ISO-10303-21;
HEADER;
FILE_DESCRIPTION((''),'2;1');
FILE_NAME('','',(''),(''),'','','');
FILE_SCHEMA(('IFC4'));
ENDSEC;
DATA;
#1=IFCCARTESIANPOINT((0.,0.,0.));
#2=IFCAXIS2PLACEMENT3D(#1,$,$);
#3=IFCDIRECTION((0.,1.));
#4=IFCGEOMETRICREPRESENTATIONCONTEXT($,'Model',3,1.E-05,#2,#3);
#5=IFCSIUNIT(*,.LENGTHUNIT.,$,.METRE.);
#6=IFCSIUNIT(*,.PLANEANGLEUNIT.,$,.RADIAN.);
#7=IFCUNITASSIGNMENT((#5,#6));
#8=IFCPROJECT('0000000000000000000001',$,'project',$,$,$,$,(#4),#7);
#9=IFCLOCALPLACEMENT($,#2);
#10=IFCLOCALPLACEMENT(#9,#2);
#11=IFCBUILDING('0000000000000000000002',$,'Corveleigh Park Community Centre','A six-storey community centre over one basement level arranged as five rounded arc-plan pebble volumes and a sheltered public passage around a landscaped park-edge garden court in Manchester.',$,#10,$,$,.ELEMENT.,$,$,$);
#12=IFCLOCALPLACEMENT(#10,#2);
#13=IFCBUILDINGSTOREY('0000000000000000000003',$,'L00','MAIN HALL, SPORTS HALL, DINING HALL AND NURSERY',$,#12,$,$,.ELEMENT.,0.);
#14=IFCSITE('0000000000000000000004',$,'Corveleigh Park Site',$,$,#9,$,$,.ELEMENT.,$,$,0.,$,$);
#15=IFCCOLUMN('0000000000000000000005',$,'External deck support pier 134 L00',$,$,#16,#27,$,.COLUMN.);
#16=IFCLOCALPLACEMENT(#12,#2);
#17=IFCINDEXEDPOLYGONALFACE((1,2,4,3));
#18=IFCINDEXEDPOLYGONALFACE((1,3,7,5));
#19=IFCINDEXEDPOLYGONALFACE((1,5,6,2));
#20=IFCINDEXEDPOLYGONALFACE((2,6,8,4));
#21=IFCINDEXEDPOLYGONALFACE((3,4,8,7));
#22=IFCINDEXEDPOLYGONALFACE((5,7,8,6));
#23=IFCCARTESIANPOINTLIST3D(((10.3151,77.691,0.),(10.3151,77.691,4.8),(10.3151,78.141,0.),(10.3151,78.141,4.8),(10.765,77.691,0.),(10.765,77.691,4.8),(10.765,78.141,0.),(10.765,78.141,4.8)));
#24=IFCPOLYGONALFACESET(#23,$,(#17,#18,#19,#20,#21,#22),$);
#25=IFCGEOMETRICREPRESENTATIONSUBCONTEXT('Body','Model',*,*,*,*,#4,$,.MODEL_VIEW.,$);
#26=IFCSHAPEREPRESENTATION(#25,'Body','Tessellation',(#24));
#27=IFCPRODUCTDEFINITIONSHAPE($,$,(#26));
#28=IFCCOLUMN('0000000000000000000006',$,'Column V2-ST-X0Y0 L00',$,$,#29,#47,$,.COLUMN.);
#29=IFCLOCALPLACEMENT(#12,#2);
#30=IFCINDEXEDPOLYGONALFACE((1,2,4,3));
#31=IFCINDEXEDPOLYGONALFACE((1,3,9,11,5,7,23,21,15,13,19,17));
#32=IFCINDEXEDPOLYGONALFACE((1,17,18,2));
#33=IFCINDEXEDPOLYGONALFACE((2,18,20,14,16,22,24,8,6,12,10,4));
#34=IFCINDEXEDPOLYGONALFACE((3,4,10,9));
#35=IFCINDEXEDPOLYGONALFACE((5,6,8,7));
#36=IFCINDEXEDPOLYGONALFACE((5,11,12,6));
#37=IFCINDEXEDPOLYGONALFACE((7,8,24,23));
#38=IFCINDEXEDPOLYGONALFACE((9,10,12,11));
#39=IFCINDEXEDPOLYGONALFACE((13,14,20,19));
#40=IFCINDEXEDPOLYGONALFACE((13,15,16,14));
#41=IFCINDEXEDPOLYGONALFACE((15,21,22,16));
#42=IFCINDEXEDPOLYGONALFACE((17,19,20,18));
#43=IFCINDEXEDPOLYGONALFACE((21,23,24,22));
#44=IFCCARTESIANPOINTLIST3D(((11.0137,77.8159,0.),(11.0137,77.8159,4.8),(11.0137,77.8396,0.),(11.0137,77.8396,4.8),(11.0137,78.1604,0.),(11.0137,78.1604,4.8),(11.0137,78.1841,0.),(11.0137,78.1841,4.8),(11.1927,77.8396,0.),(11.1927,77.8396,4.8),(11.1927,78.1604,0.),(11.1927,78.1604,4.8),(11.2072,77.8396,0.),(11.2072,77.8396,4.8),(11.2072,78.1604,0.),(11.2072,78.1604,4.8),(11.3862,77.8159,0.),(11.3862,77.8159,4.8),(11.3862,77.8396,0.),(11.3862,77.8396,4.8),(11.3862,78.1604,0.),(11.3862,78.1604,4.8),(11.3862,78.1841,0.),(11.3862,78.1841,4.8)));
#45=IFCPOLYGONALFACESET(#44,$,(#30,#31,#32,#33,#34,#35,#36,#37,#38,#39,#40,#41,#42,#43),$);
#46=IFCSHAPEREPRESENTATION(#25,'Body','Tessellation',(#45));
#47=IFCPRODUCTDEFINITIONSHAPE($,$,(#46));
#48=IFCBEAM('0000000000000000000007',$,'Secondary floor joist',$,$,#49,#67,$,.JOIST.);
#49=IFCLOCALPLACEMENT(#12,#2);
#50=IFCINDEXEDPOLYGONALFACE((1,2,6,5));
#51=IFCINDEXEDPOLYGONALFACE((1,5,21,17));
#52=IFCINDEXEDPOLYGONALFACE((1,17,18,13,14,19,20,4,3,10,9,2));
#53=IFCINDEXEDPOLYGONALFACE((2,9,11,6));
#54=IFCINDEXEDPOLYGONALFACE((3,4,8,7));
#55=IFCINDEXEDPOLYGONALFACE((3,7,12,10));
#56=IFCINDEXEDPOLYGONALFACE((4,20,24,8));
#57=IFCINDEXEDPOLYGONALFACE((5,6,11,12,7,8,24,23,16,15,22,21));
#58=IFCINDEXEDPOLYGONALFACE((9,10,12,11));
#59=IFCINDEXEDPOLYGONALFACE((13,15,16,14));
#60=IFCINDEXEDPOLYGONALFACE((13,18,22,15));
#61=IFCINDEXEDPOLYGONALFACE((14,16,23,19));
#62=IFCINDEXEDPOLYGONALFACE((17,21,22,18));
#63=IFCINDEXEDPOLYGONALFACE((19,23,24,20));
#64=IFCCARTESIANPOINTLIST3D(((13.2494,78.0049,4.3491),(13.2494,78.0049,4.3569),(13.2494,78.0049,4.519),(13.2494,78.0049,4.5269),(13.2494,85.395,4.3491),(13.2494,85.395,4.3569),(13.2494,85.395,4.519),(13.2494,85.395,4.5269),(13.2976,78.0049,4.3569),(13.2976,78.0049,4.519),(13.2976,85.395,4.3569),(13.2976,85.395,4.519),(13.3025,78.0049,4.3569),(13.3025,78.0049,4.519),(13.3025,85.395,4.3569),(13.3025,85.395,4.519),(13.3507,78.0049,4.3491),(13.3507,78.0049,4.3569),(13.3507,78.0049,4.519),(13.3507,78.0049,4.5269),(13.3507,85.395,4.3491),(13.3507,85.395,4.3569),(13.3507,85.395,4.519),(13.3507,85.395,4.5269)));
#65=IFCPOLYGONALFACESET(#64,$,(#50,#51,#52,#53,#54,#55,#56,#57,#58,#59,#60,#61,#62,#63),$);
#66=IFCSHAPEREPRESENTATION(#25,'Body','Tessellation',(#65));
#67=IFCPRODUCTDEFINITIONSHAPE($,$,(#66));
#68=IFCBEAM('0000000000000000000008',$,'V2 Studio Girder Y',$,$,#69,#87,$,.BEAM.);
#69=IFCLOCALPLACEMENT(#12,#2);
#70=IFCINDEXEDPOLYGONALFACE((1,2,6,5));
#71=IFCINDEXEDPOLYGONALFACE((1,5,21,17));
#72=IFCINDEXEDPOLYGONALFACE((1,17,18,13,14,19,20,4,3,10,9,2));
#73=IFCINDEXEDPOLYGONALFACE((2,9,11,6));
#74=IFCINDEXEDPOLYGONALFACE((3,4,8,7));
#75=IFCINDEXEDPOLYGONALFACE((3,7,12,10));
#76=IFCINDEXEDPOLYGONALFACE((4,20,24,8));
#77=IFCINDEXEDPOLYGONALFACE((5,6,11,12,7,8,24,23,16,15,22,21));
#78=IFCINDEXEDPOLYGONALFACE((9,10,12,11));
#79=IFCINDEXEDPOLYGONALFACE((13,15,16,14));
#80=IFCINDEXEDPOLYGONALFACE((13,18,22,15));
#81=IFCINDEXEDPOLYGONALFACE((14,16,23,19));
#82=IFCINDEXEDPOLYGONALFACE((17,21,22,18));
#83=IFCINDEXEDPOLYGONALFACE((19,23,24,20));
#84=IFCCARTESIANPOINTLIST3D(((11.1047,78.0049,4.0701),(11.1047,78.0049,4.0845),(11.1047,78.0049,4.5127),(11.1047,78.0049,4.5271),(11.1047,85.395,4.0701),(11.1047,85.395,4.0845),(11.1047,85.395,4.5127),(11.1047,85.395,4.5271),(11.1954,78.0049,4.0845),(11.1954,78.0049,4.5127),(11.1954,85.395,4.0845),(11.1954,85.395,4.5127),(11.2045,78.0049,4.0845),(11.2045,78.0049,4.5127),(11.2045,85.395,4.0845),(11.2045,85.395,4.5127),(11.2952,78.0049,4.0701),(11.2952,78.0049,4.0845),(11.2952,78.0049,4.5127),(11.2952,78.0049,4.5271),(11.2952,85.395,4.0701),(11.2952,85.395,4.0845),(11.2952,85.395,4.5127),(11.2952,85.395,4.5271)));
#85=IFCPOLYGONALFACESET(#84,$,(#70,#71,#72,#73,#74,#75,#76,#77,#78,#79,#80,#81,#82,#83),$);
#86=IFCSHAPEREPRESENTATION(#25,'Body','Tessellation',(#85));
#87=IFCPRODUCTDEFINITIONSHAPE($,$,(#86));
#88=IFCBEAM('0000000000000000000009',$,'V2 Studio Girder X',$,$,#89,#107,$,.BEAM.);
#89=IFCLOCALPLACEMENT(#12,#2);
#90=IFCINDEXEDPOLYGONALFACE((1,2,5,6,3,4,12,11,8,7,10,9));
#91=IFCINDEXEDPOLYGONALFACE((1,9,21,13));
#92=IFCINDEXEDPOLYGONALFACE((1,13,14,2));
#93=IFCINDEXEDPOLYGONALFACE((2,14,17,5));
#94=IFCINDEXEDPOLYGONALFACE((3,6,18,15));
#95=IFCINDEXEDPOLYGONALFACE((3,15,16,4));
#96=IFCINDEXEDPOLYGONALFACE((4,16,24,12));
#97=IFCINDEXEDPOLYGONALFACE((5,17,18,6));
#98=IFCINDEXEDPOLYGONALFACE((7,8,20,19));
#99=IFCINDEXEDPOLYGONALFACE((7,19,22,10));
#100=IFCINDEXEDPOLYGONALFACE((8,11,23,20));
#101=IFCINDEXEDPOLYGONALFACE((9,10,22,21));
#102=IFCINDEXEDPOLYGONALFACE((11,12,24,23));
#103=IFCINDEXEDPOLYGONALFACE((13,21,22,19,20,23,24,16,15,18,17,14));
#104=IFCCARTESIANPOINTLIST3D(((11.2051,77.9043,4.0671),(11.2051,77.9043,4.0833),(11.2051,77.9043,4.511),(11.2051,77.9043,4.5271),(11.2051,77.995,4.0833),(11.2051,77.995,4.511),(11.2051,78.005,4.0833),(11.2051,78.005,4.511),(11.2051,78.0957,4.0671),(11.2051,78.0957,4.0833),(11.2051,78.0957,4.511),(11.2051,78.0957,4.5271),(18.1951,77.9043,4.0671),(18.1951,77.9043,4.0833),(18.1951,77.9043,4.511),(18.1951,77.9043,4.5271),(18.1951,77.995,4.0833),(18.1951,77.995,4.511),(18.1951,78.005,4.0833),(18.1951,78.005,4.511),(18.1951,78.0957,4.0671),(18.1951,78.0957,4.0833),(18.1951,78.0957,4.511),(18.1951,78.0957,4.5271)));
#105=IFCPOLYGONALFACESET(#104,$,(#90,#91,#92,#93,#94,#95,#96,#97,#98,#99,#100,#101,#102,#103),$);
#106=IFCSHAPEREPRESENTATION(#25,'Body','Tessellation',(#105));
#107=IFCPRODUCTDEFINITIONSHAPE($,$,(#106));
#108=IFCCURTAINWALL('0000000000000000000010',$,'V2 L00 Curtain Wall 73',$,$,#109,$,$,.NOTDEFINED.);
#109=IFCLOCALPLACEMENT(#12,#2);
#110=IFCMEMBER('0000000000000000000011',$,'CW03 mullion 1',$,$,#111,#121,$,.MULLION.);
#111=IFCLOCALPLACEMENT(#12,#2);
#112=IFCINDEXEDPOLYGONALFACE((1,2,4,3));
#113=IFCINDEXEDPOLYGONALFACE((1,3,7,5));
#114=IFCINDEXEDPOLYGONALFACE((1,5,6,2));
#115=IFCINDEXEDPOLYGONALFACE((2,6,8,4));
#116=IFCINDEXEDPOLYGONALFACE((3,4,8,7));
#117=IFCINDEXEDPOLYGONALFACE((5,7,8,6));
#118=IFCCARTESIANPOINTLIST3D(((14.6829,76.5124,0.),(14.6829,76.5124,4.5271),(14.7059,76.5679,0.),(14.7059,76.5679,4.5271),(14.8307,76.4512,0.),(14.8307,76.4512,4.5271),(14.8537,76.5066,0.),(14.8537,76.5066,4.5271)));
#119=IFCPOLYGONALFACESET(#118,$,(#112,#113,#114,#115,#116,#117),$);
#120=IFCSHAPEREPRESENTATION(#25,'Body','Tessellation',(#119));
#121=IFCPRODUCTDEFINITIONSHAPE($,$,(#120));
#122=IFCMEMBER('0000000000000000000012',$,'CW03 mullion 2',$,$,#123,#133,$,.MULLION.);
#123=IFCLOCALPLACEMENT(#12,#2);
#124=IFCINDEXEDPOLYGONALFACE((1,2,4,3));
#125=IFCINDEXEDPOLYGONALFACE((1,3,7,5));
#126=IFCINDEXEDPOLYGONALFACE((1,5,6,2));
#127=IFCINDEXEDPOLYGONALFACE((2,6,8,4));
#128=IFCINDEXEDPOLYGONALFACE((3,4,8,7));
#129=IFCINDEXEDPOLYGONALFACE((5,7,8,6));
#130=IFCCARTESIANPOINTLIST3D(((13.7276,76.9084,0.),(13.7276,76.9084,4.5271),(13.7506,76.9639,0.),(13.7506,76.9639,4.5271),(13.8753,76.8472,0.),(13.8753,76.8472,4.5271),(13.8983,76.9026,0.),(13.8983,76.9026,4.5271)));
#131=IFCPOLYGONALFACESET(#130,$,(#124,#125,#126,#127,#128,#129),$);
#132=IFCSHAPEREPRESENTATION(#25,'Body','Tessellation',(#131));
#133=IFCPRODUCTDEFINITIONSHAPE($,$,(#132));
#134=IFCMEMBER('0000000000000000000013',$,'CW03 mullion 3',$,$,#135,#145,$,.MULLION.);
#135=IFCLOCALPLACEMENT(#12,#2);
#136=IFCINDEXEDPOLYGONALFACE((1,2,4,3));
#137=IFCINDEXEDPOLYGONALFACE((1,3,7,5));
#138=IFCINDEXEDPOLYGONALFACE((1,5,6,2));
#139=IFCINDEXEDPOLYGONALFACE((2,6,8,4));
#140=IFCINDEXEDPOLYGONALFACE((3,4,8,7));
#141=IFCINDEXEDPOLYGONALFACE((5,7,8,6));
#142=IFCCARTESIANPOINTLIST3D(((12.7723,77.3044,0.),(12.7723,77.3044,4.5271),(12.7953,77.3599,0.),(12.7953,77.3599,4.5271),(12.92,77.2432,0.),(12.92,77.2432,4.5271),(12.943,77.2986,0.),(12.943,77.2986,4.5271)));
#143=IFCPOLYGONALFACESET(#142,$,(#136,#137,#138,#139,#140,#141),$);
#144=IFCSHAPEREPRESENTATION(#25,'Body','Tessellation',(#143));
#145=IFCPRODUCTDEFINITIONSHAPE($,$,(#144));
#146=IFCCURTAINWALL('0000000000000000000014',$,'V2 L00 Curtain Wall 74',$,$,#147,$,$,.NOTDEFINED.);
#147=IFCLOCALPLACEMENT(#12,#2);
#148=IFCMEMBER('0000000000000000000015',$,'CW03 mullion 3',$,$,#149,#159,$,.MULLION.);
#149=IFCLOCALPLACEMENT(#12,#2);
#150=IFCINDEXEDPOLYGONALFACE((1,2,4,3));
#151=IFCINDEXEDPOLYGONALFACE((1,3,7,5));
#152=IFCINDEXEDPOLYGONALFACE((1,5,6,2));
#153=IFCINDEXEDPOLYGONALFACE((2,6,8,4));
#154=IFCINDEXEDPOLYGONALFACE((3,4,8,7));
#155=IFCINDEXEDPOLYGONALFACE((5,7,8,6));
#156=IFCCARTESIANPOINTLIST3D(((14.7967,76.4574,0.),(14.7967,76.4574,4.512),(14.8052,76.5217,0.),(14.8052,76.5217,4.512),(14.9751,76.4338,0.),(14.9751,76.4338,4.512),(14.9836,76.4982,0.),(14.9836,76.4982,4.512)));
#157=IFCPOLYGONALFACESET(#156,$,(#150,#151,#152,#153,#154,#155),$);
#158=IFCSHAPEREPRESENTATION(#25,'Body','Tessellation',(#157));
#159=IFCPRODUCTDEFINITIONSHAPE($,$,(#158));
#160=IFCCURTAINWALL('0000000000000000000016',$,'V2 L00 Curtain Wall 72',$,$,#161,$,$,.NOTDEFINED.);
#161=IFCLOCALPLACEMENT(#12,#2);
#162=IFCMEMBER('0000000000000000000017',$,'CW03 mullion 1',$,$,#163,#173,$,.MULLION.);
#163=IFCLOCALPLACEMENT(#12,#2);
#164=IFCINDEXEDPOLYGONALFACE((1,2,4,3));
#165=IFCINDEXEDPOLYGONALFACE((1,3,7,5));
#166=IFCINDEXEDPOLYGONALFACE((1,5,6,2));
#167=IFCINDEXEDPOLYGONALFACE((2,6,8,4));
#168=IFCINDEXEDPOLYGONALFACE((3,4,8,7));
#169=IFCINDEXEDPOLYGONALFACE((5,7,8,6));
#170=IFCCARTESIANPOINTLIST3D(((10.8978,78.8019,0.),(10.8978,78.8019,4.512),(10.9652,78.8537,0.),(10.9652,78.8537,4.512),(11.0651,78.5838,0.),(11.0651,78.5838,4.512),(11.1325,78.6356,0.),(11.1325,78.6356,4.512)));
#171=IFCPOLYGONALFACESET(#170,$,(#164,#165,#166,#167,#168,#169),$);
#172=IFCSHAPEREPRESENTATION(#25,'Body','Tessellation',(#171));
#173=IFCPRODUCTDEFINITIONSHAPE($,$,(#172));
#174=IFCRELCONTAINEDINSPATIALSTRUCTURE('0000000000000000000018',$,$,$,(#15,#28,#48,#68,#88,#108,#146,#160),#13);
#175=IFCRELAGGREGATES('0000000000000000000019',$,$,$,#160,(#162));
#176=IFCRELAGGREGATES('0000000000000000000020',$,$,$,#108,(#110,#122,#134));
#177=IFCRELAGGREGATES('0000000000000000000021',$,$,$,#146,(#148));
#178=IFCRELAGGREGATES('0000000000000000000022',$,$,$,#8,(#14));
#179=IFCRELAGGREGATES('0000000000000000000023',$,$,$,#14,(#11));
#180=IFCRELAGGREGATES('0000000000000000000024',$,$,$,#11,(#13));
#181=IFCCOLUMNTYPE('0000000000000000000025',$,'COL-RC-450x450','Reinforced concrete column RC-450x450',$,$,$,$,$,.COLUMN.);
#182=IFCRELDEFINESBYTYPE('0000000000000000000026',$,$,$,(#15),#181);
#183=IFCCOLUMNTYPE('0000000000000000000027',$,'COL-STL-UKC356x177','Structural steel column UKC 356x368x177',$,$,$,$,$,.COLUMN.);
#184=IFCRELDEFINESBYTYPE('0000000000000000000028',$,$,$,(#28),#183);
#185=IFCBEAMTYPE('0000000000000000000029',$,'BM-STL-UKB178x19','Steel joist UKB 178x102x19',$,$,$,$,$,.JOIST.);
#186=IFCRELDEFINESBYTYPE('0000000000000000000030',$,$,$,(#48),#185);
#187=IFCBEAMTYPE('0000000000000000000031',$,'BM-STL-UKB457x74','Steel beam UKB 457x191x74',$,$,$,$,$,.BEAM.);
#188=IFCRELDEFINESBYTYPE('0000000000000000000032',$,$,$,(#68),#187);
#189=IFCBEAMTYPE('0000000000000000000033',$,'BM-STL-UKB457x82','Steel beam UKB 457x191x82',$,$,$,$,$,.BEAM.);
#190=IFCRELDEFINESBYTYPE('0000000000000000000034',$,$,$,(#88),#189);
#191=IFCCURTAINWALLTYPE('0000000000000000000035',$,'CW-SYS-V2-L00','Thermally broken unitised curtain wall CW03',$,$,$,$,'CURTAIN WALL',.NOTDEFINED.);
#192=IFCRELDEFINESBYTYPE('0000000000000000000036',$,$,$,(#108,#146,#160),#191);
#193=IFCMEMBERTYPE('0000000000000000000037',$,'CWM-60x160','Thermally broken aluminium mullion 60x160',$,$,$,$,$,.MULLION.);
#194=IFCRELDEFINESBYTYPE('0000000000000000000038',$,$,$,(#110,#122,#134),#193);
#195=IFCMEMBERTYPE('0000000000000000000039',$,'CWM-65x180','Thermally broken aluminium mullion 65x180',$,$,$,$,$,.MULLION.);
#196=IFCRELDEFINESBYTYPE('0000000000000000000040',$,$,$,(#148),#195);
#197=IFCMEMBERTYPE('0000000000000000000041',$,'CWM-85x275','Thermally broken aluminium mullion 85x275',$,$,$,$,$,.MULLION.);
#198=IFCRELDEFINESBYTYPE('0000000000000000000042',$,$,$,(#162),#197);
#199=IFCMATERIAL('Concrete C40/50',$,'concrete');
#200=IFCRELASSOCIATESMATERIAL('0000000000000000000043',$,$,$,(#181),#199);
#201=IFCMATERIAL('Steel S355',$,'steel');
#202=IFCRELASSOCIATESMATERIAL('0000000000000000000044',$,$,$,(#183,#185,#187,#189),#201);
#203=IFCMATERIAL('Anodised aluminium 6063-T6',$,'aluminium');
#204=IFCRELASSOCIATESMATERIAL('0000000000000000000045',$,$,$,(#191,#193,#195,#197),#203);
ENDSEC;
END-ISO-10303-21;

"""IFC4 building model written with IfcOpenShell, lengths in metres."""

from ifc_helpers import new_model, si_unit, direction, frame, origin, origin_2d, place, context, subcontext, project, spatial, rectangle, i_section, extrude, material, material_profile, profile_set, type_object, element, aggregate, save


model = new_model("IFC4")

# Units and contexts
model_context = context("Model", 3, precision=1e-05, world=origin(), true_north=direction((0.0, 1.0)))
body_context = subcontext(model_context, "Body", "Model", "MODEL_VIEW")
ifc_project = project(units=[si_unit("LENGTHUNIT", "METRE"), si_unit("PLANEANGLEUNIT", "RADIAN")], contexts=[model_context])

# Site, building, storey
site_placement = place(None, origin())
site = spatial("IfcSite", under=ifc_project, at=site_placement, Name="Corveleigh Park Site", CompositionType="ELEMENT", RefElevation=0.0)
building_placement = place(site_placement, origin())
building = spatial("IfcBuilding", under=site, at=building_placement, Name="Corveleigh Park Community Centre", Description="A six-storey community centre over one basement level arranged as five rounded arc-plan pebble volumes and a sheltered public passage around a landscaped park-edge garden court in Manchester.", CompositionType="ELEMENT")
storey_placement = place(building_placement, origin())
storey = spatial("IfcBuildingStorey", under=building, at=storey_placement, Name="L00", Description="MAIN HALL, SPORTS HALL, DINING HALL AND NURSERY", CompositionType="ELEMENT", Elevation=0.0)

# Columns
ifc_material_1 = material(Name="Concrete C40/50", Category="concrete")
ifc_material_profile_1 = material_profile(ifc_material_1, rectangle(XDim=0.45, YDim=0.45, at=origin_2d()), Name="RC-450x450", Category="concrete")
ifc_profile_set_1 = profile_set([ifc_material_profile_1], Name="Concrete C40/50")
column_type_1 = type_object("IfcColumnType", Name="COL-RC-450x450", Description="Reinforced concrete column RC-450x450", PredefinedType="COLUMN", material=ifc_profile_set_1)
column_1_placement = place(storey_placement, frame((10.54, 77.916, 0.0), z_axis=(0.0, 0.0, 1.0), x_axis=(1.0, 0.0, 0.0)))
element("IfcColumn", 1, at=column_1_placement, inside=storey, type_object=column_type_1, Name="External deck support pier 134 L00", PredefinedType="COLUMN", context=body_context, shape_type="SweptSolid", body=[
    extrude(rectangle(XDim=0.45, YDim=0.45, at=origin_2d()), origin(), (0.0, 0.0, 1.0), 4.8),
])
ifc_material_2 = material(Name="Steel S355", Category="steel")
ifc_material_profile_2 = material_profile(ifc_material_2, i_section(OverallWidth=0.3726, OverallDepth=0.3682, WebThickness=0.0144, FlangeThickness=0.0237, at=origin_2d()), Name="UKC 356x368x177", Category="steel")
ifc_profile_set_2 = profile_set([ifc_material_profile_2], Name="Steel S355")
column_type_2 = type_object("IfcColumnType", Name="COL-STL-UKC356x177", Description="Structural steel column UKC 356x368x177", PredefinedType="COLUMN", material=ifc_profile_set_2)
column_2_placement = place(storey_placement, frame((11.2, 78.0, 0.0), z_axis=(0.0, 0.0, 1.0), x_axis=(1.0, 0.0, 0.0)))
element("IfcColumn", 2, at=column_2_placement, inside=storey, type_object=column_type_2, Name="Column V2-ST-X0Y0 L00", PredefinedType="COLUMN", context=body_context, shape_type="SweptSolid", body=[
    extrude(i_section(OverallWidth=0.3726, OverallDepth=0.3682, WebThickness=0.0144, FlangeThickness=0.0237, at=origin_2d()), origin(), (0.0, 0.0, 1.0), 4.8),
])

# Beams
ifc_material_profile_3 = material_profile(ifc_material_2, i_section(OverallWidth=0.1013, OverallDepth=0.1777, WebThickness=0.0049, FlangeThickness=0.0078, at=origin_2d()), Name="UKB 178x102x19", Category="steel")
ifc_profile_set_3 = profile_set([ifc_material_profile_3], Name="Steel S355")
beam_type_1 = type_object("IfcBeamType", Name="BM-STL-UKB178x19", Description="Steel joist UKB 178x102x19", PredefinedType="JOIST", material=ifc_profile_set_3)
beam_1_placement = place(storey_placement, frame((13.3, 78.0049, 4.438), z_axis=(0.0, 1.0, 0.0), x_axis=(-1.0, 0.0, 0.0)))
element("IfcBeam", 3, at=beam_1_placement, inside=storey, type_object=beam_type_1, Name="Secondary floor joist", PredefinedType="JOIST", context=body_context, shape_type="SweptSolid", body=[
    extrude(i_section(OverallWidth=0.1013, OverallDepth=0.1777, WebThickness=0.0049, FlangeThickness=0.0078, at=origin_2d()), origin(), (0.0, 0.0, 1.0), 7.3901),
])
ifc_material_profile_4 = material_profile(ifc_material_2, i_section(OverallWidth=0.1904, OverallDepth=0.457, WebThickness=0.009, FlangeThickness=0.0144, at=origin_2d()), Name="UKB 457x191x74", Category="steel")
ifc_profile_set_4 = profile_set([ifc_material_profile_4], Name="Steel S355")
beam_type_2 = type_object("IfcBeamType", Name="BM-STL-UKB457x74", Description="Steel beam UKB 457x191x74", PredefinedType="BEAM", material=ifc_profile_set_4)
beam_2_placement = place(storey_placement, frame((11.2, 78.0049, 4.2986), z_axis=(0.0, 1.0, 0.0), x_axis=(-1.0, 0.0, 0.0)))
element("IfcBeam", 4, at=beam_2_placement, inside=storey, type_object=beam_type_2, Name="V2 Studio Girder Y", PredefinedType="BEAM", context=body_context, shape_type="SweptSolid", body=[
    extrude(i_section(OverallWidth=0.1904, OverallDepth=0.457, WebThickness=0.009, FlangeThickness=0.0144, at=origin_2d()), origin(), (0.0, 0.0, 1.0), 7.3901),
])
ifc_material_profile_5 = material_profile(ifc_material_2, i_section(OverallWidth=0.1914, OverallDepth=0.46, WebThickness=0.01, FlangeThickness=0.0161, at=origin_2d()), Name="UKB 457x191x82", Category="steel")
ifc_profile_set_5 = profile_set([ifc_material_profile_5], Name="Steel S355")
beam_type_3 = type_object("IfcBeamType", Name="BM-STL-UKB457x82", Description="Steel beam UKB 457x191x82", PredefinedType="BEAM", material=ifc_profile_set_5)
beam_3_placement = place(storey_placement, frame((11.2051, 78.0, 4.2971), z_axis=(1.0, 0.0, 0.0), x_axis=(0.0, 1.0, 0.0)))
element("IfcBeam", 5, at=beam_3_placement, inside=storey, type_object=beam_type_3, Name="V2 Studio Girder X", PredefinedType="BEAM", context=body_context, shape_type="SweptSolid", body=[
    extrude(i_section(OverallWidth=0.1914, OverallDepth=0.46, WebThickness=0.01, FlangeThickness=0.0161, at=origin_2d()), origin(), (0.0, 0.0, 1.0), 6.99),
])

# Curtain wall, members
ifc_material_3 = material(Name="Anodised aluminium 6063-T6", Category="aluminium")
curtain_wall_type = type_object("IfcCurtainWallType", Name="CW-SYS-V2-L00", Description="Thermally broken unitised curtain wall CW03", ElementType="CURTAIN WALL", PredefinedType="NOTDEFINED", material=ifc_material_3)
curtain_wall_1_placement = place(storey_placement, origin())
curtain_wall_1 = element("IfcCurtainWall", 6, at=curtain_wall_1_placement, inside=storey, type_object=curtain_wall_type, Name="V2 L00 Curtain Wall 73", PredefinedType="NOTDEFINED")
ifc_material_profile_6 = material_profile(ifc_material_3, rectangle(XDim=0.0601, YDim=0.1599, at=origin_2d()), Name="ALU-M60x160", Category="aluminium")
ifc_profile_set_6 = profile_set([ifc_material_profile_6], Name="Anodised aluminium 6063-T6")
member_type_1 = type_object("IfcMemberType", Name="CWM-60x160", Description="Thermally broken aluminium mullion 60x160", PredefinedType="MULLION", material=ifc_profile_set_6)
member_1_placement = place(storey_placement, frame((14.7683, 76.5095, 0.0), z_axis=(0.0, 0.0, 1.0), x_axis=(-0.382947, -0.92377, 0.0)))
member_1 = element("IfcMember", 7, at=member_1_placement, type_object=member_type_1, Name="CW03 mullion 1", PredefinedType="MULLION", context=body_context, shape_type="SweptSolid", body=[
    extrude(rectangle(XDim=0.0601, YDim=0.1599, at=origin_2d()), origin(), (0.0, 0.0, 1.0), 4.5271),
])
member_2_placement = place(storey_placement, frame((13.813, 76.9055, 0.0), z_axis=(0.0, 0.0, 1.0), x_axis=(-0.382947, -0.92377, 0.0)))
member_2 = element("IfcMember", 8, at=member_2_placement, type_object=member_type_1, Name="CW03 mullion 2", PredefinedType="MULLION", context=body_context, shape_type="SweptSolid", body=[
    extrude(rectangle(XDim=0.0601, YDim=0.1599, at=origin_2d()), origin(), (0.0, 0.0, 1.0), 4.5271),
])
member_3_placement = place(storey_placement, frame((12.8577, 77.3015, 0.0), z_axis=(0.0, 0.0, 1.0), x_axis=(-0.382947, -0.92377, 0.0)))
member_3 = element("IfcMember", 9, at=member_3_placement, type_object=member_type_1, Name="CW03 mullion 3", PredefinedType="MULLION", context=body_context, shape_type="SweptSolid", body=[
    extrude(rectangle(XDim=0.0601, YDim=0.1599, at=origin_2d()), origin(), (0.0, 0.0, 1.0), 4.5271),
])

# Curtain wall, member
curtain_wall_2_placement = place(storey_placement, origin())
curtain_wall_2 = element("IfcCurtainWall", 10, at=curtain_wall_2_placement, inside=storey, type_object=curtain_wall_type, Name="V2 L00 Curtain Wall 74", PredefinedType="NOTDEFINED")
ifc_material_profile_7 = material_profile(ifc_material_3, rectangle(XDim=0.0649, YDim=0.1799, at=origin_2d()), Name="ALU-M65x180", Category="aluminium")
ifc_profile_set_7 = profile_set([ifc_material_profile_7], Name="Anodised aluminium 6063-T6")
member_type_2 = type_object("IfcMemberType", Name="CWM-65x180", Description="Thermally broken aluminium mullion 65x180", PredefinedType="MULLION", material=ifc_profile_set_7)
member_4_placement = place(storey_placement, frame((14.8901, 76.4778, 0.0), z_axis=(0.0, 0.0, 1.0), x_axis=(-0.130731, -0.991418, 0.0)))
member_4 = element("IfcMember", 11, at=member_4_placement, type_object=member_type_2, Name="CW03 mullion 3", PredefinedType="MULLION", context=body_context, shape_type="SweptSolid", body=[
    extrude(rectangle(XDim=0.0649, YDim=0.1799, at=origin_2d()), origin(), (0.0, 0.0, 1.0), 4.512),
])

# Curtain wall, member
curtain_wall_3_placement = place(storey_placement, origin())
curtain_wall_3 = element("IfcCurtainWall", 12, at=curtain_wall_3_placement, inside=storey, type_object=curtain_wall_type, Name="V2 L00 Curtain Wall 72", PredefinedType="NOTDEFINED")
ifc_material_profile_8 = material_profile(ifc_material_3, rectangle(XDim=0.085, YDim=0.2749, at=origin_2d()), Name="ALU-M85x275", Category="aluminium")
ifc_profile_set_8 = profile_set([ifc_material_profile_8], Name="Anodised aluminium 6063-T6")
member_type_3 = type_object("IfcMemberType", Name="CWM-85x275", Description="Thermally broken aluminium mullion 85x275", PredefinedType="MULLION", material=ifc_profile_set_8)
member_5_placement = place(storey_placement, frame((11.0151, 78.7188, 0.0), z_axis=(0.0, 0.0, 1.0), x_axis=(-0.793304, -0.608826, 0.0)))
member_5 = element("IfcMember", 13, at=member_5_placement, type_object=member_type_3, Name="CW03 mullion 1", PredefinedType="MULLION", context=body_context, shape_type="SweptSolid", body=[
    extrude(rectangle(XDim=0.085, YDim=0.2749, at=origin_2d()), origin(), (0.0, 0.0, 1.0), 4.512),
])
aggregate(curtain_wall_3, [member_5])

aggregate(curtain_wall_1, [member_1, member_2, member_3])
aggregate(curtain_wall_2, [member_4])

save(model, "model.ifc")
